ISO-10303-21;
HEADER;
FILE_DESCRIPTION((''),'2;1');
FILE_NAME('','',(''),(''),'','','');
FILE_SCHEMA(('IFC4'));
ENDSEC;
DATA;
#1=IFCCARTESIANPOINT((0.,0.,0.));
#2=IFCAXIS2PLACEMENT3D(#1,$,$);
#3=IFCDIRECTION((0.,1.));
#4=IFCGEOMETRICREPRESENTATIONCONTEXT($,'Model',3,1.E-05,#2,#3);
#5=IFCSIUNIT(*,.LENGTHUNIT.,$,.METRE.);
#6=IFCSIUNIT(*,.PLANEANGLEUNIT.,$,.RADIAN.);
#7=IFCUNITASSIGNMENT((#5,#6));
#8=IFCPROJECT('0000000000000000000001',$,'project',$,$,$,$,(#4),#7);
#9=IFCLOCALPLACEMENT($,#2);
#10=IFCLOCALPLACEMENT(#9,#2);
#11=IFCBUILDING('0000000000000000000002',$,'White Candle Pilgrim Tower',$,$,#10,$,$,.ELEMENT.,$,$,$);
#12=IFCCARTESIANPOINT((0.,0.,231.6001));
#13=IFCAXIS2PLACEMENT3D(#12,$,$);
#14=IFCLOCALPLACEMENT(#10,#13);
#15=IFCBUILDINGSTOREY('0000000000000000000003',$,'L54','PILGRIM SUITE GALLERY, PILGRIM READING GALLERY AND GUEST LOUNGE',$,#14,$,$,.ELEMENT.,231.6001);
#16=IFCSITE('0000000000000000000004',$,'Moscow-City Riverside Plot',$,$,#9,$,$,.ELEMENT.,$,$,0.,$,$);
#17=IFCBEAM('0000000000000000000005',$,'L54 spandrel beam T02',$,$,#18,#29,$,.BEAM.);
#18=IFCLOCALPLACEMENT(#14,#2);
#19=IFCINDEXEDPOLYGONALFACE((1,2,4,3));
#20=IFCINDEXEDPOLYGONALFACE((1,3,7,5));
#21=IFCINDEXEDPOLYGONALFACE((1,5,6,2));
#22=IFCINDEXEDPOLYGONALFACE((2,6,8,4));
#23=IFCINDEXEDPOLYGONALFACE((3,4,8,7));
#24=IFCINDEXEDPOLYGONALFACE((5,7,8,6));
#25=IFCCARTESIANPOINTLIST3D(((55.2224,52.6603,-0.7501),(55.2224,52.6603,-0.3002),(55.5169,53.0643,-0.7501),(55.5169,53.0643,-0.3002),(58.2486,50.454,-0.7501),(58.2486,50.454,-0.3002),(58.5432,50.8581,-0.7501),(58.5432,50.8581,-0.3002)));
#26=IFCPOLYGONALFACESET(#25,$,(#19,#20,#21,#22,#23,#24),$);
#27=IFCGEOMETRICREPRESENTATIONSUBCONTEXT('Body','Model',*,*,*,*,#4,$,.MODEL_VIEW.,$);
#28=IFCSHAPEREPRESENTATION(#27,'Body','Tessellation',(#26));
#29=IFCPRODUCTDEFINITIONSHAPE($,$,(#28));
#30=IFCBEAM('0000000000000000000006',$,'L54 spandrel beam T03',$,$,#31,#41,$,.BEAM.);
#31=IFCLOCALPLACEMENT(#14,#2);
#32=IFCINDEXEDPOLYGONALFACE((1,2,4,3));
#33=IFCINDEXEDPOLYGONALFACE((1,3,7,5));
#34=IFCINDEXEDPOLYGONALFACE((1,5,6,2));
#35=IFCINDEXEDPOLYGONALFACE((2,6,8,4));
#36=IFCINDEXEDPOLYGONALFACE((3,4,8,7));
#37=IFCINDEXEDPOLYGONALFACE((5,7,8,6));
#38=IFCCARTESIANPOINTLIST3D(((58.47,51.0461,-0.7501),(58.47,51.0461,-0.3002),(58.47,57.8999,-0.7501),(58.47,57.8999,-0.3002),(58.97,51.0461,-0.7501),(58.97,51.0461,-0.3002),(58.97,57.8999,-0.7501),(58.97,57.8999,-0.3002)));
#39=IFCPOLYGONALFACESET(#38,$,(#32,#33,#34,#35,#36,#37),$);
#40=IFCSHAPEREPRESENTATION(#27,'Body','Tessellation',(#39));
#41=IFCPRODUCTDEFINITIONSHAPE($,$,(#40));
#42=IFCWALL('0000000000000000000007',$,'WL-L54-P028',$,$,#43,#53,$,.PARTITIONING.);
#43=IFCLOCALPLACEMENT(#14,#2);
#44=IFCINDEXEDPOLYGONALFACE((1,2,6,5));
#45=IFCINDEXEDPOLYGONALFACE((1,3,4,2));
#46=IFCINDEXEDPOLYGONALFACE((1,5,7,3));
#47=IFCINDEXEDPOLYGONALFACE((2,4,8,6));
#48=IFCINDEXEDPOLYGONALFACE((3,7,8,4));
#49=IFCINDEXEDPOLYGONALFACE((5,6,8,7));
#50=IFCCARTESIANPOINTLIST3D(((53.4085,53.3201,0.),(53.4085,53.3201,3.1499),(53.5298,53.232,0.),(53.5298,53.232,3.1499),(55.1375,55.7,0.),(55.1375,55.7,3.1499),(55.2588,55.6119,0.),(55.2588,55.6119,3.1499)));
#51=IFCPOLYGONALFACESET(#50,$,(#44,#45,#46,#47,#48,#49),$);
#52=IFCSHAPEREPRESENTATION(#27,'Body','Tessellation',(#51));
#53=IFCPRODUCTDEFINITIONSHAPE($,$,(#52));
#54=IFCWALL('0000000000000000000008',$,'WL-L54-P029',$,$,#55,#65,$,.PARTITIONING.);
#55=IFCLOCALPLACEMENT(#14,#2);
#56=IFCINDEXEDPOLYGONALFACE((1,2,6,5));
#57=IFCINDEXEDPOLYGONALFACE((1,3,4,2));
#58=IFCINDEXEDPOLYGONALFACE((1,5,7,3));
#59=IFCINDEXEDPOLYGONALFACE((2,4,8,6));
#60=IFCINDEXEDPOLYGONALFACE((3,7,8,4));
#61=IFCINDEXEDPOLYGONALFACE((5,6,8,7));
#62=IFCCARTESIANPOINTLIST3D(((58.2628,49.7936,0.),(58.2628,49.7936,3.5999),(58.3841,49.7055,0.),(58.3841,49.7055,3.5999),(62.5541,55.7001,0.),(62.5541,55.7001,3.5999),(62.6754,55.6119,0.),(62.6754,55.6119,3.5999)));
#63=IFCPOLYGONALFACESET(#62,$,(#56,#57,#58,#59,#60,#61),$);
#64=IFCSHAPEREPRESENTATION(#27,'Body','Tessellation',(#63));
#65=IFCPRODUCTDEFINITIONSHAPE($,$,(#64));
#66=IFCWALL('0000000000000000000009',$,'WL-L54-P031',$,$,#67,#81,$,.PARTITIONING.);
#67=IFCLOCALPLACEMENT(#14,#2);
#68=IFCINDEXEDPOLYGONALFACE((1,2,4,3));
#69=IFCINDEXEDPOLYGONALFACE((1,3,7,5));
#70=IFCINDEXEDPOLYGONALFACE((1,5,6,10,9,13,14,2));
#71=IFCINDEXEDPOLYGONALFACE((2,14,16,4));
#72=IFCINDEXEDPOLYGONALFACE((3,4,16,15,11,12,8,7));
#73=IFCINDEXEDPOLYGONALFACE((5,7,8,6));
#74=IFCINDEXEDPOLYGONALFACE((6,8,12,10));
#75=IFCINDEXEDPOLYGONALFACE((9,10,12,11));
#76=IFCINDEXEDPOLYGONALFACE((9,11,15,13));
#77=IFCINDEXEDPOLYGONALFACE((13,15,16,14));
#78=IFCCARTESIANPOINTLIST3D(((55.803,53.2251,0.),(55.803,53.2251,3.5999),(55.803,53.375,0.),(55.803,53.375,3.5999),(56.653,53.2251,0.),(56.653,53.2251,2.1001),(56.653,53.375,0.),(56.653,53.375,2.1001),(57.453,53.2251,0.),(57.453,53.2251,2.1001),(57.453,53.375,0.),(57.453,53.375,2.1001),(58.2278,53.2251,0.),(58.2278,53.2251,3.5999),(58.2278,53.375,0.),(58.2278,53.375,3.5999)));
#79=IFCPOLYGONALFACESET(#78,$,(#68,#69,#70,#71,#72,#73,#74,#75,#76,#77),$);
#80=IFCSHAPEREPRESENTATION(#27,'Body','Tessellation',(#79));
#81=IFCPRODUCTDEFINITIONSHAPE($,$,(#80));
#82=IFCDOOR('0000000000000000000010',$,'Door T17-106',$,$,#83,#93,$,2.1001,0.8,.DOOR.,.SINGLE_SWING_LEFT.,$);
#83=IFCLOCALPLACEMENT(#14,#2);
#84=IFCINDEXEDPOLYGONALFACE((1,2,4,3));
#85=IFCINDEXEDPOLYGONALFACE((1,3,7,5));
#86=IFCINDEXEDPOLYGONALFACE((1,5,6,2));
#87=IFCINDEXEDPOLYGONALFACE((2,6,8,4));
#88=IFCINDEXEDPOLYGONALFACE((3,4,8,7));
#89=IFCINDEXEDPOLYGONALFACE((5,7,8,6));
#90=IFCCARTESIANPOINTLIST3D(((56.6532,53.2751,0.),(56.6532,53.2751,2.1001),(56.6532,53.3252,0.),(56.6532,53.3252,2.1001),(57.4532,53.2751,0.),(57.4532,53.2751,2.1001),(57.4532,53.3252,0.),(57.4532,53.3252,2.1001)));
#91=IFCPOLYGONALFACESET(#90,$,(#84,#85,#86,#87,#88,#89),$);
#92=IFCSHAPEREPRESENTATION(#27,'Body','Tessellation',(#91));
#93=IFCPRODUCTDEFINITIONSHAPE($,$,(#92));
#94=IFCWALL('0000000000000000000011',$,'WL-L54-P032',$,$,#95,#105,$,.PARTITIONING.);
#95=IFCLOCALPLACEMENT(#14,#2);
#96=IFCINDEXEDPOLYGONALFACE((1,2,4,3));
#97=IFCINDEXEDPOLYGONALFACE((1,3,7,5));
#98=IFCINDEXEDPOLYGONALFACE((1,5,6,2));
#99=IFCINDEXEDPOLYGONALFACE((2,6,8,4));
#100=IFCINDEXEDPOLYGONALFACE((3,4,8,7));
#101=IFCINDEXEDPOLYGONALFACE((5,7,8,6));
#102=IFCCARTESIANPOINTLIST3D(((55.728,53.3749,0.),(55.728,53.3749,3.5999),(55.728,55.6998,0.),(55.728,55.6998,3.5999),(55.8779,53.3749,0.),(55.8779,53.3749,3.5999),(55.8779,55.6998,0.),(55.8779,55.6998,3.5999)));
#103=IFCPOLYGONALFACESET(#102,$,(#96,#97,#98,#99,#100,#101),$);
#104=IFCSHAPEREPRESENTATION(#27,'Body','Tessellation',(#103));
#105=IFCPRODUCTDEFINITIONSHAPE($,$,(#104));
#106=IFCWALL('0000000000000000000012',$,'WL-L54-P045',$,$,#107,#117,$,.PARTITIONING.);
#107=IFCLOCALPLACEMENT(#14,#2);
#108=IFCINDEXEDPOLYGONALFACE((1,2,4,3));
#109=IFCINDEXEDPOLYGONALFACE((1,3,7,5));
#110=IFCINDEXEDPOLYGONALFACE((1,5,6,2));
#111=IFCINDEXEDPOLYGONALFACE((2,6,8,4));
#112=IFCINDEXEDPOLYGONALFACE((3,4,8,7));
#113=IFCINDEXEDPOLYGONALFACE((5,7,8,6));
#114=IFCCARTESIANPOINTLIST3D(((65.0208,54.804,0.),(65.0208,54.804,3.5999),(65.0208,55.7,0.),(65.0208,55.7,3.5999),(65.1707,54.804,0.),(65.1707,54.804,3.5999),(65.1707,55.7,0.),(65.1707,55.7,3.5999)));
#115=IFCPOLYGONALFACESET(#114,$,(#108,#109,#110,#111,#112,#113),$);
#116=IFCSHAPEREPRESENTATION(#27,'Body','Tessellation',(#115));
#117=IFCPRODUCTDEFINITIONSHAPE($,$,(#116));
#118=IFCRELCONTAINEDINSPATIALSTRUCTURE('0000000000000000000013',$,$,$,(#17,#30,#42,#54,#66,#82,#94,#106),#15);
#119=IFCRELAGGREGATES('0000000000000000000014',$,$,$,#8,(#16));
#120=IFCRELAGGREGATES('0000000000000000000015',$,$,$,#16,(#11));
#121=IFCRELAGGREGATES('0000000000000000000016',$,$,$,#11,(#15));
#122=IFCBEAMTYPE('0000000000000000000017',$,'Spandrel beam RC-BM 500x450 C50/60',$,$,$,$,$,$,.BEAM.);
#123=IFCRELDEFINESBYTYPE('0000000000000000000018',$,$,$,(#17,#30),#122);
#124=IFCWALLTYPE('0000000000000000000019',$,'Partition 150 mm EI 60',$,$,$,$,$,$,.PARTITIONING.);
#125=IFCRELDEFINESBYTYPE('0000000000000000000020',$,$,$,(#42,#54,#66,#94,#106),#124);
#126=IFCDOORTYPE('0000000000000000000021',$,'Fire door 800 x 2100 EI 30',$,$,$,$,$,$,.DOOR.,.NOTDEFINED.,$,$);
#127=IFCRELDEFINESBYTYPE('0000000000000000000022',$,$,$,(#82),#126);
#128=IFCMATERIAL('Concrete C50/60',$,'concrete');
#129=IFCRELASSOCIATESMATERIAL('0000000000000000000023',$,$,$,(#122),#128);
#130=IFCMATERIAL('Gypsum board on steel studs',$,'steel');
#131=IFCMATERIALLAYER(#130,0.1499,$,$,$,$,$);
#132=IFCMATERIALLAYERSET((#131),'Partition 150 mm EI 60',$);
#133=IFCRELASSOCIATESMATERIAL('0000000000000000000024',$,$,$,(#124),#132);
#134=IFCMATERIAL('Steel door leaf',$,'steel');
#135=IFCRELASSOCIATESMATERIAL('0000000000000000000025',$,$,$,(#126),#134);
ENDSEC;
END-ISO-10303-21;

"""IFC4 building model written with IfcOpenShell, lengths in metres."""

from ifc_helpers import new_model, si_unit, direction, frame, frame_2d, origin, origin_2d, place, context, subcontext, project, spatial, rectangle, extrude, material, layer, layer_set, material_profile, profile_set, type_object, element, fill, save


model = new_model("IFC4")

# Units and contexts
model_context = context("Model", 3, precision=1e-05, world=origin(), true_north=direction((0.0, 1.0)))
body_context = subcontext(model_context, "Body", "Model", "MODEL_VIEW")
ifc_project = project(units=[si_unit("LENGTHUNIT", "METRE"), si_unit("PLANEANGLEUNIT", "RADIAN")], contexts=[model_context])

# Site, building, storey
site_placement = place(None, origin())
site = spatial("IfcSite", under=ifc_project, at=site_placement, Name="Moscow-City Riverside Plot", CompositionType="ELEMENT", RefElevation=0.0)
building_placement = place(site_placement, origin())
building = spatial("IfcBuilding", under=site, at=building_placement, Name="White Candle Pilgrim Tower", CompositionType="ELEMENT")
storey_placement = place(building_placement, frame((0.0, 0.0, 231.6001)))
storey = spatial("IfcBuildingStorey", under=building, at=storey_placement, Name="L54", Description="PILGRIM SUITE GALLERY, PILGRIM READING GALLERY AND GUEST LOUNGE", CompositionType="ELEMENT", Elevation=231.6001)

# Beams
ifc_material_1 = material(Name="Concrete C50/60", Category="concrete")
ifc_material_profile_1 = material_profile(ifc_material_1, rectangle(XDim=0.5, YDim=0.45, at=origin_2d()), Name="RC-BM 500x450")
ifc_profile_set_1 = profile_set([ifc_material_profile_1], Name="Concrete C50/60")
beam_type_1 = type_object("IfcBeamType", Name="Spandrel beam RC-BM 500x450 C50/60", PredefinedType="BEAM", material=ifc_profile_set_1)
beam_1_placement = place(storey_placement, frame((55.3696, 52.8623, -0.5251), z_axis=(0.808062, -0.589098, 0.0), x_axis=(0.589098, 0.808062, 0.0)))
element("IfcBeam", 1, at=beam_1_placement, inside=storey, type_object=beam_type_1, Name="L54 spandrel beam T02", PredefinedType="BEAM", context=body_context, shape_type="SweptSolid", body=[
    extrude(rectangle(XDim=0.5, YDim=0.45, at=origin_2d()), origin(), (0.0, 0.0, 1.0), 3.7451),
])
beam_2_placement = place(storey_placement, frame((58.72, 51.0461, -0.5251), z_axis=(0.0, 1.0, 0.0), x_axis=(-1.0, 0.0, 0.0)))
element("IfcBeam", 2, at=beam_2_placement, inside=storey, type_object=beam_type_1, Name="L54 spandrel beam T03", PredefinedType="BEAM", context=body_context, shape_type="SweptSolid", body=[
    extrude(rectangle(XDim=0.5, YDim=0.45, at=origin_2d()), origin(), (0.0, 0.0, 1.0), 6.8538),
])

# Walls
ifc_material_2 = material(Name="Gypsum board on steel studs", Category="steel")
ifc_layer_1 = layer(ifc_material_2, 0.1499)
ifc_layer_set_1 = layer_set([ifc_layer_1], Name="Partition 150 mm EI 60")
wall_type = type_object("IfcWallType", Name="Partition 150 mm EI 60", PredefinedType="PARTITIONING", material=ifc_layer_set_1)
wall_1_placement = place(storey_placement, frame((53.4692, 53.2761, 0.0), z_axis=(0.0, 0.0, 1.0), x_axis=(0.587767, 0.80903, 0.0)))
element("IfcWall", 3, at=wall_1_placement, inside=storey, type_object=wall_type, Name="WL-L54-P028", PredefinedType="PARTITIONING", context=body_context, shape_type="SweptSolid", body=[
    extrude(rectangle(XDim=2.9417, YDim=0.1499, at=frame_2d((1.4707, 0.0))), origin(), (0.0, 0.0, 1.0), 3.1499),
])
wall_2_placement = place(storey_placement, frame((58.3235, 49.7495, 0.0), z_axis=(0.0, 0.0, 1.0), x_axis=(0.58778, 0.809021, 0.0)))
element("IfcWall", 4, at=wall_2_placement, inside=storey, type_object=wall_type, Name="WL-L54-P029", PredefinedType="PARTITIONING", context=body_context, shape_type="SweptSolid", body=[
    extrude(rectangle(XDim=7.3008, YDim=0.1499, at=frame_2d((3.6504, 0.0))), origin(), (0.0, 0.0, 1.0), 3.5999),
])

# Wall, opening, door
wall_3_placement = place(storey_placement, frame((55.803, 53.3, 0.0), z_axis=(0.0, 0.0, 1.0), x_axis=(1.0, 0.0, 0.0)))
wall_3 = element("IfcWall", 5, at=wall_3_placement, inside=storey, type_object=wall_type, Name="WL-L54-P031", PredefinedType="PARTITIONING", context=body_context, shape_type="SweptSolid", body=[
    extrude(rectangle(XDim=2.4248, YDim=0.1499, at=frame_2d((1.2124, 0.0))), origin(), (0.0, 0.0, 1.0), 3.5999),
])
opening_placement = place(wall_3_placement, frame((0.8501, 0.0, 0.0)))
opening = element("IfcOpeningElement", 6, at=opening_placement, cuts=wall_3, PredefinedType="OPENING", context=body_context, shape_type="SweptSolid", body=[
    extrude(rectangle(XDim=0.8, YDim=2.1001, at=frame_2d((0.3999, 1.05))), frame((0.0, 0.085, 0.0), z_axis=(0.0, -1.0, 0.0), x_axis=(1.0, 0.0, 0.0)), (0.0, 0.0, 1.0), 0.1699),
])
ifc_material_3 = material(Name="Steel door leaf", Category="steel")
door_type = type_object("IfcDoorType", Name="Fire door 800 x 2100 EI 30", OperationType="NOTDEFINED", PredefinedType="DOOR", material=ifc_material_3)
door_placement = place(opening_placement, frame((0.8, 0.0, 0.0), z_axis=(0.0, 0.0, 1.0), x_axis=(-1.0, 0.0, 0.0)))
door = element("IfcDoor", 7, at=door_placement, inside=storey, type_object=door_type, Name="Door T17-106", OperationType="SINGLE_SWING_LEFT", OverallHeight=2.1001, OverallWidth=0.8, PredefinedType="DOOR", context=body_context, shape_type="SweptSolid", body=[
    extrude(rectangle(XDim=0.8, YDim=2.1001, at=frame_2d((0.3999, 1.05))), frame((0.0, 0.0249, 0.0), z_axis=(0.0, -1.0, 0.0), x_axis=(1.0, 0.0, 0.0)), (0.0, 0.0, 1.0), 0.05),
])
fill(opening, door)

# Walls
wall_4_placement = place(storey_placement, frame((55.803, 55.7, 0.0), z_axis=(0.0, 0.0, 1.0), x_axis=(0.0, -1.0, 0.0)))
element("IfcWall", 8, at=wall_4_placement, inside=storey, type_object=wall_type, Name="WL-L54-P032", PredefinedType="PARTITIONING", context=body_context, shape_type="SweptSolid", body=[
    extrude(rectangle(XDim=2.325, YDim=0.1499, at=frame_2d((1.1626, 0.0))), origin(), (0.0, 0.0, 1.0), 3.5999),
])
wall_5_placement = place(storey_placement, frame((65.0957, 54.804, 0.0), z_axis=(0.0, 0.0, 1.0), x_axis=(0.0, 1.0, 0.0)))
element("IfcWall", 9, at=wall_5_placement, inside=storey, type_object=wall_type, Name="WL-L54-P045", PredefinedType="PARTITIONING", context=body_context, shape_type="SweptSolid", body=[
    extrude(rectangle(XDim=0.896, YDim=0.1499, at=frame_2d((0.448, 0.0))), origin(), (0.0, 0.0, 1.0), 3.5999),
])

save(model, "model.ifc")
